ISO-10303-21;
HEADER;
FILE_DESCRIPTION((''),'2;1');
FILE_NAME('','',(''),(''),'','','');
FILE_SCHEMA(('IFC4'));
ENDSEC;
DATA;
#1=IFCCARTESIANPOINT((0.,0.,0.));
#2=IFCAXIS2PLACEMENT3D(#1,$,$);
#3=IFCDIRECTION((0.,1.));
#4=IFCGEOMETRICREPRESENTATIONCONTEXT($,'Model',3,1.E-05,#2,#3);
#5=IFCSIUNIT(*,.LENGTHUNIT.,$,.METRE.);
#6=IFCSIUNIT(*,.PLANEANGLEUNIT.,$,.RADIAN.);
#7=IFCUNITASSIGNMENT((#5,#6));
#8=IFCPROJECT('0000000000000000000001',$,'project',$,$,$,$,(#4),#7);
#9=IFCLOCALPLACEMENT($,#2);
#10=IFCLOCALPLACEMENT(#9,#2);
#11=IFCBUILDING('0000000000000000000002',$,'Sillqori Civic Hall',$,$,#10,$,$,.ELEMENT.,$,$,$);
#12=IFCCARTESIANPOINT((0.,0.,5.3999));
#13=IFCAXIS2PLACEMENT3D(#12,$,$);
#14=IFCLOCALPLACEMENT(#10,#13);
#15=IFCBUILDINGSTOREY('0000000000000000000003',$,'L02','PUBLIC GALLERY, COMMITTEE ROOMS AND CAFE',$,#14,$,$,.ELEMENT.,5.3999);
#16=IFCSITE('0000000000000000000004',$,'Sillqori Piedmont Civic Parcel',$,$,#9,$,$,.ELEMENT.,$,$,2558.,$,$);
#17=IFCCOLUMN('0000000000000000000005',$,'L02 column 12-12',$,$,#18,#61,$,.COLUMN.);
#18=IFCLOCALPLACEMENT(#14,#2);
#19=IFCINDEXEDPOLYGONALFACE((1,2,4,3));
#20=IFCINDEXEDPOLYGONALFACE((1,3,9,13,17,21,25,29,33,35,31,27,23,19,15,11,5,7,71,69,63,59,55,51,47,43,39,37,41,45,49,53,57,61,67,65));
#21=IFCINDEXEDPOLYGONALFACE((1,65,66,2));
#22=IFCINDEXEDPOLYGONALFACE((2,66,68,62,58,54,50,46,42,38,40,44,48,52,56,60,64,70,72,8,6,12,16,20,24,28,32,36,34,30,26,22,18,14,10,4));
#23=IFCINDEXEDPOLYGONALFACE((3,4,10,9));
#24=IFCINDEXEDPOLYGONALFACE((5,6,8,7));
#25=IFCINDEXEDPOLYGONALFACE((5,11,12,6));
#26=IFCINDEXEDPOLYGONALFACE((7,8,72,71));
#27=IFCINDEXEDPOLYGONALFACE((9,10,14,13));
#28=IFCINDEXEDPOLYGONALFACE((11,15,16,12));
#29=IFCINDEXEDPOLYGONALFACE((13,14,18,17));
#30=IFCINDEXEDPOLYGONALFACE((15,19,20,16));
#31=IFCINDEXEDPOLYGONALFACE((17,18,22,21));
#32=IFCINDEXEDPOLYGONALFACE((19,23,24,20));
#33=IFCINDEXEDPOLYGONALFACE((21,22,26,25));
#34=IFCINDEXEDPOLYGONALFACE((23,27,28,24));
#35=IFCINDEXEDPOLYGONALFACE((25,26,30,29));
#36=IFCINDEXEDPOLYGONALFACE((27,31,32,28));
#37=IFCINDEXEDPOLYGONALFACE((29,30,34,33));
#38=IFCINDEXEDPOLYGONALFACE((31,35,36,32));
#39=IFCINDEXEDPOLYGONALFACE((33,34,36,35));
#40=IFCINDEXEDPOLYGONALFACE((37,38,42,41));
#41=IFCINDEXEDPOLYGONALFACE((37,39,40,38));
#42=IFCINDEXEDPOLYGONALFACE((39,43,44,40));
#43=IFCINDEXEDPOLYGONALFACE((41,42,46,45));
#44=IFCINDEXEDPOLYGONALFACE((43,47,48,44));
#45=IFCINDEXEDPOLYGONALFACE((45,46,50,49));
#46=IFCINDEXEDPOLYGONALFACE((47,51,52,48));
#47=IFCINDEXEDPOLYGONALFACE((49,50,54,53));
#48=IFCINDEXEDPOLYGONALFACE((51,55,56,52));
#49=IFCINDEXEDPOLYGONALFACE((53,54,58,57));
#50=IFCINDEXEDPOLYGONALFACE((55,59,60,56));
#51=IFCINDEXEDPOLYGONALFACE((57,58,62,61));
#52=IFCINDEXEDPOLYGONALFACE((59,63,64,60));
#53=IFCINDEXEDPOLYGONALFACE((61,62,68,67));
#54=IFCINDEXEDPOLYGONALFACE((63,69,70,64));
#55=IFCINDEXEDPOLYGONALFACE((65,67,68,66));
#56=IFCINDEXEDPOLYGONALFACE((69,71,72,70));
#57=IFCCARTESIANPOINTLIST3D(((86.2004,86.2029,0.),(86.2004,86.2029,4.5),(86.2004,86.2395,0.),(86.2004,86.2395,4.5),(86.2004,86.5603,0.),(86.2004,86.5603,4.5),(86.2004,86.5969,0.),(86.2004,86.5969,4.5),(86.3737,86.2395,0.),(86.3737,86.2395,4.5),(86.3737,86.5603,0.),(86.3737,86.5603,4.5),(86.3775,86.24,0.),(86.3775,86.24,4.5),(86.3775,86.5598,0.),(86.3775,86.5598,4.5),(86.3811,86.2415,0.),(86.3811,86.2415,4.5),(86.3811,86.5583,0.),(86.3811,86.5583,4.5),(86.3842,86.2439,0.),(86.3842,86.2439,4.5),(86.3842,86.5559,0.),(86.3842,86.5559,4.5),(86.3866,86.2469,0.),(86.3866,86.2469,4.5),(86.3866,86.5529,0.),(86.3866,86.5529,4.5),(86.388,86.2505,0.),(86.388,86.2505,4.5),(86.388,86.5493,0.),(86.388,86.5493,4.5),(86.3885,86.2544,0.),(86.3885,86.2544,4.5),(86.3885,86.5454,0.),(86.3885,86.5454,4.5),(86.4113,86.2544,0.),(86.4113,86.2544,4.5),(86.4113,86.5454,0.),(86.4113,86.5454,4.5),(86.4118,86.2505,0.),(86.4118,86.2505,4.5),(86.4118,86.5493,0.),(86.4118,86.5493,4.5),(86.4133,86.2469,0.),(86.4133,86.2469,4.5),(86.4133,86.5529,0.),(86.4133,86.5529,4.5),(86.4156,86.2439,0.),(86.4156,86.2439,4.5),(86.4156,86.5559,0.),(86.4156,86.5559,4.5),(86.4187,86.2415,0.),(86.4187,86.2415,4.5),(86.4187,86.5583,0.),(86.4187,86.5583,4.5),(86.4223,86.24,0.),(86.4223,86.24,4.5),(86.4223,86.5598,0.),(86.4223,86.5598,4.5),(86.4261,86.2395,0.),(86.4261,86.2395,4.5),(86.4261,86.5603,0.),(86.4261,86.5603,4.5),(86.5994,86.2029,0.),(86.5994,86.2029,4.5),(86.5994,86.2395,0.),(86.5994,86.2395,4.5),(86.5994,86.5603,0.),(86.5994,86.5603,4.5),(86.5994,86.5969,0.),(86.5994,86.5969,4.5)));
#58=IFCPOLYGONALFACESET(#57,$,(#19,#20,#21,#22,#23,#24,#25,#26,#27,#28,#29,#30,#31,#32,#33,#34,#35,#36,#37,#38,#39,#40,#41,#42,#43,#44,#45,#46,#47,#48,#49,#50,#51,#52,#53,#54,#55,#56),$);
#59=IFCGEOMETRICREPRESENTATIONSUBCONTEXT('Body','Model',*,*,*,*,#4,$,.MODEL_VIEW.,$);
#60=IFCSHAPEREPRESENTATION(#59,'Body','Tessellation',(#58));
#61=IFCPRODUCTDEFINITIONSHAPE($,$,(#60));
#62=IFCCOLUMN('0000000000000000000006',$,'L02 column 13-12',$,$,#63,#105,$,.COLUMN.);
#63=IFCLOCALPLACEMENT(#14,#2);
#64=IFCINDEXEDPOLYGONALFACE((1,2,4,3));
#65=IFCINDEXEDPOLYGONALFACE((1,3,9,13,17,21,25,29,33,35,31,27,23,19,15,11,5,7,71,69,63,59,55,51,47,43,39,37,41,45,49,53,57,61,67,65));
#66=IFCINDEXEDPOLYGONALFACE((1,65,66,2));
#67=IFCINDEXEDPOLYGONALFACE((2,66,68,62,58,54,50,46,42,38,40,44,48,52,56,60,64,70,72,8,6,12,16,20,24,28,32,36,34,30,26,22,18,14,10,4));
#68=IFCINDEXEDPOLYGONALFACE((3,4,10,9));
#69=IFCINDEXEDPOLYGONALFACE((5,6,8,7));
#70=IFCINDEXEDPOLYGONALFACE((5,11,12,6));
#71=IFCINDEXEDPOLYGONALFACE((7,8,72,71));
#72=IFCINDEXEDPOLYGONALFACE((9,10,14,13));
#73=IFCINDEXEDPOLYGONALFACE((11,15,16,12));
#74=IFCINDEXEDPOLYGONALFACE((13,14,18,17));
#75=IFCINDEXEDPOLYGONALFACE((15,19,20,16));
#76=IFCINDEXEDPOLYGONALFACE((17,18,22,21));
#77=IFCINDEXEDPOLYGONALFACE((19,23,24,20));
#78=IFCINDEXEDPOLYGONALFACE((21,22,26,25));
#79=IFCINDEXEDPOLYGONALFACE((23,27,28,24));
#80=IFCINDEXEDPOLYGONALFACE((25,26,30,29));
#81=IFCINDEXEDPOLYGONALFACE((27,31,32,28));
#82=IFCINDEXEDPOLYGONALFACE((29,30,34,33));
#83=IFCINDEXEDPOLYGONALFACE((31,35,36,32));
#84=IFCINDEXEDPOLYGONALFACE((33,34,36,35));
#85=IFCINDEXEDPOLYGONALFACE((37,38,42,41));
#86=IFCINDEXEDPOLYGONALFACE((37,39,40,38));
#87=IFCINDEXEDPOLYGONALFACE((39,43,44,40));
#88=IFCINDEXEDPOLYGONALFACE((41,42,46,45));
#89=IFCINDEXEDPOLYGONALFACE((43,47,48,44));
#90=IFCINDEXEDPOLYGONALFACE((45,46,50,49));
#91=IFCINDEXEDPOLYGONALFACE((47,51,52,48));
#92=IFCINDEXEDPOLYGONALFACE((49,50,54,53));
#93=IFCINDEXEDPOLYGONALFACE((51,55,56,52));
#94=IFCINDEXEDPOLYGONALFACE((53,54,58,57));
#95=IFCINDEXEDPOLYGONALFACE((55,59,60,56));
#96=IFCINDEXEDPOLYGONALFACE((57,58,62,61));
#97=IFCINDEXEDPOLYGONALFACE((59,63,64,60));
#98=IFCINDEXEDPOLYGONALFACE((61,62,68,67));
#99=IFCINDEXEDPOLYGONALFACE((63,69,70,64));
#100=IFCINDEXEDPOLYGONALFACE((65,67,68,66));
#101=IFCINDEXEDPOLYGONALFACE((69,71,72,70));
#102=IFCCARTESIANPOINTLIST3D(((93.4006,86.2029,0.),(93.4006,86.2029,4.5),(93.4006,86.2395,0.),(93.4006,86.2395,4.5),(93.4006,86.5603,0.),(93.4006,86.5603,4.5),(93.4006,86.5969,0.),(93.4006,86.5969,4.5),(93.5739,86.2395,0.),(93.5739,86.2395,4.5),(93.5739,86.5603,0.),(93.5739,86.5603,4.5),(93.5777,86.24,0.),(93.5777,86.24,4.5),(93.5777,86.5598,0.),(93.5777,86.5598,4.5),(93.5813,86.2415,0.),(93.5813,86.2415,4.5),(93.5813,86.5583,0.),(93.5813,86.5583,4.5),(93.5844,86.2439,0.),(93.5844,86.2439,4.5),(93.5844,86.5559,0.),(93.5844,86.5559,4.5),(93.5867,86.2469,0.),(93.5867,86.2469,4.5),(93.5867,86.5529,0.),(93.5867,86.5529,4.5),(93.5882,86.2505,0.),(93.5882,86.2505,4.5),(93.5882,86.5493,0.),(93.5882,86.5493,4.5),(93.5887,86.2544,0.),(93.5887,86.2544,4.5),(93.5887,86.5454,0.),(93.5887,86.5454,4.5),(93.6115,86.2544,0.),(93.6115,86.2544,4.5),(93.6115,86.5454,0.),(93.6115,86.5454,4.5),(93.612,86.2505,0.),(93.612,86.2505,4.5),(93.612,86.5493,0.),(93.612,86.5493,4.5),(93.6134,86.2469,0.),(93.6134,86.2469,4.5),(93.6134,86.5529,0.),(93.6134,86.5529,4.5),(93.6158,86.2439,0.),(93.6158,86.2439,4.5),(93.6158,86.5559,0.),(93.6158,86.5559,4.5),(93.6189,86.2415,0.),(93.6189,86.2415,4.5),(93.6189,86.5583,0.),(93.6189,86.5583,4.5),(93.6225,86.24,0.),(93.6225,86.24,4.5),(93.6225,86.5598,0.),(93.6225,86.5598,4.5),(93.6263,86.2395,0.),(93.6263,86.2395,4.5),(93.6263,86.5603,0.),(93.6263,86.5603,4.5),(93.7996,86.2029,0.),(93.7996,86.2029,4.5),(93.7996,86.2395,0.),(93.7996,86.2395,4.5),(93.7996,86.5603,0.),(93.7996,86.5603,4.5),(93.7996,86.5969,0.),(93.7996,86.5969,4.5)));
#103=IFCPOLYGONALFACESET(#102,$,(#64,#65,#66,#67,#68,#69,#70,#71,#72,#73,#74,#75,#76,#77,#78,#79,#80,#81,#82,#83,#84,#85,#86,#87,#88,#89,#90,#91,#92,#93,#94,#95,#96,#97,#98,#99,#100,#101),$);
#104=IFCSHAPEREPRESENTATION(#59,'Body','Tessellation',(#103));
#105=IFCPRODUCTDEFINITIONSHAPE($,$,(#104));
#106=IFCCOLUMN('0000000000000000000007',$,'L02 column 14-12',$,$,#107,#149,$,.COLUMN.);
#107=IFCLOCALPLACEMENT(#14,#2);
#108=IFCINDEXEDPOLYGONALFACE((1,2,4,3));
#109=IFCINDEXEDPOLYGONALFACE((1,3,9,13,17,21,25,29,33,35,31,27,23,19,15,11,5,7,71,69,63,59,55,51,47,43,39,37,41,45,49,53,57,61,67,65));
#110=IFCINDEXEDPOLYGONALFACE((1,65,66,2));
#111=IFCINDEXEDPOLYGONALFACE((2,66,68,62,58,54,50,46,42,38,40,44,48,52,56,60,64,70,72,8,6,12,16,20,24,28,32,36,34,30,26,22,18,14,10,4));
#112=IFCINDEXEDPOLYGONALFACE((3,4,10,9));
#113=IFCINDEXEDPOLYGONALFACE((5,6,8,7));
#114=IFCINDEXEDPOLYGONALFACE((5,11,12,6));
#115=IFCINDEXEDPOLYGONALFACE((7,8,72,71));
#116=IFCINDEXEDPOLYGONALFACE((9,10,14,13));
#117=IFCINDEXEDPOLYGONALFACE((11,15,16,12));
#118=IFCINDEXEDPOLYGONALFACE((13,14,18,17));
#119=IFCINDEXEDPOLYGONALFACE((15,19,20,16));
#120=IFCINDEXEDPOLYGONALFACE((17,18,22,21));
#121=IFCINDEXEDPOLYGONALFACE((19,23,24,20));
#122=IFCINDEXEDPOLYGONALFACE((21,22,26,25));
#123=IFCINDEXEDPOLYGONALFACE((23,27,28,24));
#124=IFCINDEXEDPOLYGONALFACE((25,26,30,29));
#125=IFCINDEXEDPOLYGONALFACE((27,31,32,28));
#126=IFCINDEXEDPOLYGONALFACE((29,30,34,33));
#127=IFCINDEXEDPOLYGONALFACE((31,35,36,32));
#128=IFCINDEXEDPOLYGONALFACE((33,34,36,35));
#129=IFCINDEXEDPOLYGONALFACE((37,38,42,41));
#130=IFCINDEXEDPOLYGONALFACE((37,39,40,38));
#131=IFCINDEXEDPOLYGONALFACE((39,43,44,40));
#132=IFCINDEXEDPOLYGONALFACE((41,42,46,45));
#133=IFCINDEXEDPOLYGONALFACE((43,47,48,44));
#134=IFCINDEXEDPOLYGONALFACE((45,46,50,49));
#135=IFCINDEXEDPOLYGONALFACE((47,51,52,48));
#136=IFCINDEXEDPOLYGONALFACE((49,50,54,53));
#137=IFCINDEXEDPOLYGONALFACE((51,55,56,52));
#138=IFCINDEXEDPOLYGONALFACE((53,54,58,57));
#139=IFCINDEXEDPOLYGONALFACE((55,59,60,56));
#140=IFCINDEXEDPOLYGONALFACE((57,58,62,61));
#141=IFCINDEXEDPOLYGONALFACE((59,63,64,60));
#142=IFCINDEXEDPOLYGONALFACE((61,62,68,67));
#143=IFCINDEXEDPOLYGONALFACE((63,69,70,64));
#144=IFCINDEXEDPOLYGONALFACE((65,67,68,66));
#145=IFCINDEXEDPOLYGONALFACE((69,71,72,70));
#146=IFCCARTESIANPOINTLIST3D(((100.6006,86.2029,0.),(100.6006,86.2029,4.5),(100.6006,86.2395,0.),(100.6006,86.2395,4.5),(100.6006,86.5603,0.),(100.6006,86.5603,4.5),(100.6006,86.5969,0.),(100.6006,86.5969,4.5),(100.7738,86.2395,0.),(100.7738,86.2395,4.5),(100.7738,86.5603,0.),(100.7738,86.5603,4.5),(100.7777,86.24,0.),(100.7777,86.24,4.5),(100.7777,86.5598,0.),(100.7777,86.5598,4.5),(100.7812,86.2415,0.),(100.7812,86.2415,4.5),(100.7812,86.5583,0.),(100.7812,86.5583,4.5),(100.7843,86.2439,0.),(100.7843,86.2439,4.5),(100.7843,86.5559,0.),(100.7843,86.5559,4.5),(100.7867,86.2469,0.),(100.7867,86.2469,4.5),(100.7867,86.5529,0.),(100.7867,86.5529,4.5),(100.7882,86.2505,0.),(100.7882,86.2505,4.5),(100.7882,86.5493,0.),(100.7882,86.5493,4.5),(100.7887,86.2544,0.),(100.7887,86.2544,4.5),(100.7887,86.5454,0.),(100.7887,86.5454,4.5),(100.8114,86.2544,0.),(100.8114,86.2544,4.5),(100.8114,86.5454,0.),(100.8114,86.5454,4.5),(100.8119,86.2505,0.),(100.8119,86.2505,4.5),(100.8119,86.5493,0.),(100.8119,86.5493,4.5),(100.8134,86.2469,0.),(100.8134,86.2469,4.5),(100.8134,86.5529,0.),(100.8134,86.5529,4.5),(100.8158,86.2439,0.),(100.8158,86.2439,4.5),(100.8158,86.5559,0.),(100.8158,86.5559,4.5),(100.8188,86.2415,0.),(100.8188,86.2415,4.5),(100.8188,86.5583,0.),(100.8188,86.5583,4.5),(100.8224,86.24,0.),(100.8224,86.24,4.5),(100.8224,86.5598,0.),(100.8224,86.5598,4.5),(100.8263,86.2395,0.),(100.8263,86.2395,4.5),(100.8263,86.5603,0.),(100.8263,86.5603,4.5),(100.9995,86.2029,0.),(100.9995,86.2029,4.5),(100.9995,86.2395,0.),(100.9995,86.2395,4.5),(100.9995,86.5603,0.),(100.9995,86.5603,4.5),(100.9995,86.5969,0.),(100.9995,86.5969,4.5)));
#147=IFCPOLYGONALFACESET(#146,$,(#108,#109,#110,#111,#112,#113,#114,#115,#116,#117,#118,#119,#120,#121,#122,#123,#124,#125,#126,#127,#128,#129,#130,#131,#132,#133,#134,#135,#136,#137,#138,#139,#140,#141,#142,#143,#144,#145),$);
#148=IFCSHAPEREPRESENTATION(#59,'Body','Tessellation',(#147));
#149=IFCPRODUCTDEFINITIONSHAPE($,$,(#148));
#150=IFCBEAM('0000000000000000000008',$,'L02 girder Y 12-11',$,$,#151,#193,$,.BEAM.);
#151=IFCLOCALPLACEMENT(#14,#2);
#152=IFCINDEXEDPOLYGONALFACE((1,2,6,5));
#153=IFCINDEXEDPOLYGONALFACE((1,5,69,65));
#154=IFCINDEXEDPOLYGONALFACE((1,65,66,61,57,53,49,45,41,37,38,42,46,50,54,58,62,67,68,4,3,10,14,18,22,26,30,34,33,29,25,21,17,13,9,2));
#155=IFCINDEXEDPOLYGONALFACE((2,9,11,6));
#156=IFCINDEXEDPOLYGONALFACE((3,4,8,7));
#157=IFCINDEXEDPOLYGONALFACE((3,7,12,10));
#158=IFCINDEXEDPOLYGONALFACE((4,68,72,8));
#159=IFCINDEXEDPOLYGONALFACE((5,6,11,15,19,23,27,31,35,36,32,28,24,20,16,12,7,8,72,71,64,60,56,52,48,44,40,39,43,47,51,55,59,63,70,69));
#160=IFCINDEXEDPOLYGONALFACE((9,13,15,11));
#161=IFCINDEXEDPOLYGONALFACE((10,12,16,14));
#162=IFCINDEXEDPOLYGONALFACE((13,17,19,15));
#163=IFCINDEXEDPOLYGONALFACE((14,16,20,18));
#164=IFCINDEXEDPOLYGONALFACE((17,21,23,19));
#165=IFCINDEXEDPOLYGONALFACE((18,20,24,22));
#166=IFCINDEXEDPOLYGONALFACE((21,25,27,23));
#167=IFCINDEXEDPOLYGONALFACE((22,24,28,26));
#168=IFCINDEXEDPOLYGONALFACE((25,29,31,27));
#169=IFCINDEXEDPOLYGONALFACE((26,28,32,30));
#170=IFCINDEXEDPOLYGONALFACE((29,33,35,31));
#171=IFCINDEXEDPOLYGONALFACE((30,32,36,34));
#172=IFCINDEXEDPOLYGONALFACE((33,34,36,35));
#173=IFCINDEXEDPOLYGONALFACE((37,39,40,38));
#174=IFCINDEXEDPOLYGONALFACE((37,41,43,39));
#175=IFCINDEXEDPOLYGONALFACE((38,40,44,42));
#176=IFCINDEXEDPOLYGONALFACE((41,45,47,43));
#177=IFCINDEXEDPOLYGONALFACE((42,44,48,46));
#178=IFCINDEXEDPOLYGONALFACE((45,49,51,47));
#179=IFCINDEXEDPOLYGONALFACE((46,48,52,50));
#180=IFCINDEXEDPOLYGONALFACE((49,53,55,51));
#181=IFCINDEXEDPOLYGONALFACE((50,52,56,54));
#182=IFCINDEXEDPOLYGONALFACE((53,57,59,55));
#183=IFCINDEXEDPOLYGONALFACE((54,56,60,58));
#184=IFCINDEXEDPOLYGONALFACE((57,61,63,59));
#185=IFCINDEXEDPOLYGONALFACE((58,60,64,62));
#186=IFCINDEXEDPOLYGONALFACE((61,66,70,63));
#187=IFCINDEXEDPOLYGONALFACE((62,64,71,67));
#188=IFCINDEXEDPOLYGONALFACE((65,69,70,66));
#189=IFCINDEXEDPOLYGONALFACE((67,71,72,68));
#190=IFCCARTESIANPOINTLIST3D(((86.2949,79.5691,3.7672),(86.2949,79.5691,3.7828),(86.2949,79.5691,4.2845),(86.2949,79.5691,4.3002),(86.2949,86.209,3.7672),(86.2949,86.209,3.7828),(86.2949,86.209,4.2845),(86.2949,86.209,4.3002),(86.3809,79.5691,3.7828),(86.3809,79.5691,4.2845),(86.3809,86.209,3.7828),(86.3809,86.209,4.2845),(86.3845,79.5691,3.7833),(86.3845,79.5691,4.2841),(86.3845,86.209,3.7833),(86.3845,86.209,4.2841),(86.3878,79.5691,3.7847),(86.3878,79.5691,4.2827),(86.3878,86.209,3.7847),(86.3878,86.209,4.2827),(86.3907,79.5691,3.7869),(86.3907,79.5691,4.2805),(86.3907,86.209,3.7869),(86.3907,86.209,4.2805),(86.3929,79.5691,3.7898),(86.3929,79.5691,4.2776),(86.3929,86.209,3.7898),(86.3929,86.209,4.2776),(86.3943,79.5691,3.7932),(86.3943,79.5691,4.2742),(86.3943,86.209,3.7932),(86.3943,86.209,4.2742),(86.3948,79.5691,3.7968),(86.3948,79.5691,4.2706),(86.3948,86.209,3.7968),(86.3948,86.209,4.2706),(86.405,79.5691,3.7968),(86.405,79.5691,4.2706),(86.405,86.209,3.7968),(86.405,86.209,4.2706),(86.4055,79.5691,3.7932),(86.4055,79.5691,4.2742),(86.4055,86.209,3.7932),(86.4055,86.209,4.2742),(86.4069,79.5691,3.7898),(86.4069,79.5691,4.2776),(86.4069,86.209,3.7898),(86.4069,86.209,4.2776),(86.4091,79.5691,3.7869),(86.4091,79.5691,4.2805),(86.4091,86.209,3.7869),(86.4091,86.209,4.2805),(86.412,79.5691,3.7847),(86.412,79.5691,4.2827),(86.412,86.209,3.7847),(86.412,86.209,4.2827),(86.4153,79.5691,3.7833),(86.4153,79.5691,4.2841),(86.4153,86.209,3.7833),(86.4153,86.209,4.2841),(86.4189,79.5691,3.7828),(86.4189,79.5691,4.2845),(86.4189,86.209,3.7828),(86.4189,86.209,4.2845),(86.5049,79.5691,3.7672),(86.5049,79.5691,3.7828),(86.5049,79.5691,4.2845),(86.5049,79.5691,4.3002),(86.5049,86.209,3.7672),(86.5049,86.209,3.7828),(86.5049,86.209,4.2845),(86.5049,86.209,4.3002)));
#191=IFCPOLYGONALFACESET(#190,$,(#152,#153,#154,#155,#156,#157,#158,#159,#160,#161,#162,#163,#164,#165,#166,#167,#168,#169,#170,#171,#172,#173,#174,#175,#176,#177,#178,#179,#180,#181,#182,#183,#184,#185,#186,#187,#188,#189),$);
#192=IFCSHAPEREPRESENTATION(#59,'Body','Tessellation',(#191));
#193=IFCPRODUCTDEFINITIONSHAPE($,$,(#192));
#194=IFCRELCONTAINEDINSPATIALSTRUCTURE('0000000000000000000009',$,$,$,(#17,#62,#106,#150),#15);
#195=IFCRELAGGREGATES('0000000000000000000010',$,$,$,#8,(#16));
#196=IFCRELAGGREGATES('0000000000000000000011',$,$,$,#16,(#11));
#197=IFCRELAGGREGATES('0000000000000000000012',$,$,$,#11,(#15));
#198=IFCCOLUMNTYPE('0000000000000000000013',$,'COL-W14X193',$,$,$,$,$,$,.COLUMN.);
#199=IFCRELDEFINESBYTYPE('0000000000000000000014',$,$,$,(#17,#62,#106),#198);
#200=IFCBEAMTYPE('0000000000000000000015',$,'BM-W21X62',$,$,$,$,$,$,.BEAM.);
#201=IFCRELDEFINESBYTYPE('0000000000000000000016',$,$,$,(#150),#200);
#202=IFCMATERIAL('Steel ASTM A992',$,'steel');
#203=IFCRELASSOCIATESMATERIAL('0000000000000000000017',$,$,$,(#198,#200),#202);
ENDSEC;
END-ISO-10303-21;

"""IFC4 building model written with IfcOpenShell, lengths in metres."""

from ifc_helpers import new_model, si_unit, direction, frame, origin, origin_2d, place, context, subcontext, project, spatial, i_section, extrude, material, material_profile, profile_set, type_object, element, save


model = new_model("IFC4")

# Units and contexts
model_context = context("Model", 3, precision=1e-05, world=origin(), true_north=direction((0.0, 1.0)))
body_context = subcontext(model_context, "Body", "Model", "MODEL_VIEW")
ifc_project = project(units=[si_unit("LENGTHUNIT", "METRE"), si_unit("PLANEANGLEUNIT", "RADIAN")], contexts=[model_context])

# Site, building, storey
site_placement = place(None, origin())
site = spatial("IfcSite", under=ifc_project, at=site_placement, Name="Sillqori Piedmont Civic Parcel", CompositionType="ELEMENT", RefElevation=2558.0)
building_placement = place(site_placement, origin())
building = spatial("IfcBuilding", under=site, at=building_placement, Name="Sillqori Civic Hall", CompositionType="ELEMENT")
storey_placement = place(building_placement, frame((0.0, 0.0, 5.3999)))
storey = spatial("IfcBuildingStorey", under=building, at=storey_placement, Name="L02", Description="PUBLIC GALLERY, COMMITTEE ROOMS AND CAFE", CompositionType="ELEMENT", Elevation=5.3999)

# Columns
ifc_material_1 = material(Name="Steel ASTM A992", Category="steel")
ifc_material_profile_1 = material_profile(ifc_material_1, i_section(OverallWidth=0.3989, OverallDepth=0.394, WebThickness=0.0227, FlangeThickness=0.0366, FilletRadius=0.0149, at=origin_2d()), Name="W14X193")
ifc_profile_set_1 = profile_set([ifc_material_profile_1], Name="Steel ASTM A992")
column_type = type_object("IfcColumnType", Name="COL-W14X193", PredefinedType="COLUMN", material=ifc_profile_set_1)
for number, where, z_axis, x_axis, name in (
    (1, (86.3999, 86.3999, 0.0), (0.0, 0.0, 1.0), (1.0, 0.0, 0.0), "L02 column 12-12"),
    (2, (93.6001, 86.3999, 0.0), (0.0, 0.0, 1.0), (1.0, 0.0, 0.0), "L02 column 13-12"),
    (3, (100.8, 86.3999, 0.0), (0.0, 0.0, 1.0), (1.0, 0.0, 0.0), "L02 column 14-12"),
):
    element("IfcColumn", number, at=place(storey_placement, frame(where, z_axis=z_axis, x_axis=x_axis)), inside=storey, type_object=column_type, Name=name, PredefinedType="COLUMN", context=body_context, shape_type="SweptSolid", body=[
        extrude(i_section(OverallWidth=0.3989, OverallDepth=0.394, WebThickness=0.0227, FlangeThickness=0.0366, FilletRadius=0.0149, at=origin_2d()), origin(), (0.0, 0.0, 1.0), 4.5),
    ])

# Beam
ifc_material_profile_2 = material_profile(ifc_material_1, i_section(OverallWidth=0.21, OverallDepth=0.533, WebThickness=0.0103, FlangeThickness=0.0156, FilletRadius=0.0139, at=origin_2d()), Name="W21X62")
ifc_profile_set_2 = profile_set([ifc_material_profile_2], Name="Steel ASTM A992")
beam_type_1 = type_object("IfcBeamType", Name="BM-W21X62", PredefinedType="BEAM", material=ifc_profile_set_2)
for number, where, z_axis, x_axis, name in (
    (4, (86.3999, 79.5691, 4.0337), (0.0, 1.0, 0.0), (-1.0, 0.0, 0.0), "L02 girder Y 12-11"),
):
    element("IfcBeam", number, at=place(storey_placement, frame(where, z_axis=z_axis, x_axis=x_axis)), inside=storey, type_object=beam_type_1, Name=name, PredefinedType="BEAM", context=body_context, shape_type="SweptSolid", body=[
        extrude(i_section(OverallWidth=0.21, OverallDepth=0.533, WebThickness=0.0103, FlangeThickness=0.0156, FilletRadius=0.0139, at=origin_2d()), origin(), (0.0, 0.0, 1.0), 6.6399),
    ])

save(model, "model.ifc")
